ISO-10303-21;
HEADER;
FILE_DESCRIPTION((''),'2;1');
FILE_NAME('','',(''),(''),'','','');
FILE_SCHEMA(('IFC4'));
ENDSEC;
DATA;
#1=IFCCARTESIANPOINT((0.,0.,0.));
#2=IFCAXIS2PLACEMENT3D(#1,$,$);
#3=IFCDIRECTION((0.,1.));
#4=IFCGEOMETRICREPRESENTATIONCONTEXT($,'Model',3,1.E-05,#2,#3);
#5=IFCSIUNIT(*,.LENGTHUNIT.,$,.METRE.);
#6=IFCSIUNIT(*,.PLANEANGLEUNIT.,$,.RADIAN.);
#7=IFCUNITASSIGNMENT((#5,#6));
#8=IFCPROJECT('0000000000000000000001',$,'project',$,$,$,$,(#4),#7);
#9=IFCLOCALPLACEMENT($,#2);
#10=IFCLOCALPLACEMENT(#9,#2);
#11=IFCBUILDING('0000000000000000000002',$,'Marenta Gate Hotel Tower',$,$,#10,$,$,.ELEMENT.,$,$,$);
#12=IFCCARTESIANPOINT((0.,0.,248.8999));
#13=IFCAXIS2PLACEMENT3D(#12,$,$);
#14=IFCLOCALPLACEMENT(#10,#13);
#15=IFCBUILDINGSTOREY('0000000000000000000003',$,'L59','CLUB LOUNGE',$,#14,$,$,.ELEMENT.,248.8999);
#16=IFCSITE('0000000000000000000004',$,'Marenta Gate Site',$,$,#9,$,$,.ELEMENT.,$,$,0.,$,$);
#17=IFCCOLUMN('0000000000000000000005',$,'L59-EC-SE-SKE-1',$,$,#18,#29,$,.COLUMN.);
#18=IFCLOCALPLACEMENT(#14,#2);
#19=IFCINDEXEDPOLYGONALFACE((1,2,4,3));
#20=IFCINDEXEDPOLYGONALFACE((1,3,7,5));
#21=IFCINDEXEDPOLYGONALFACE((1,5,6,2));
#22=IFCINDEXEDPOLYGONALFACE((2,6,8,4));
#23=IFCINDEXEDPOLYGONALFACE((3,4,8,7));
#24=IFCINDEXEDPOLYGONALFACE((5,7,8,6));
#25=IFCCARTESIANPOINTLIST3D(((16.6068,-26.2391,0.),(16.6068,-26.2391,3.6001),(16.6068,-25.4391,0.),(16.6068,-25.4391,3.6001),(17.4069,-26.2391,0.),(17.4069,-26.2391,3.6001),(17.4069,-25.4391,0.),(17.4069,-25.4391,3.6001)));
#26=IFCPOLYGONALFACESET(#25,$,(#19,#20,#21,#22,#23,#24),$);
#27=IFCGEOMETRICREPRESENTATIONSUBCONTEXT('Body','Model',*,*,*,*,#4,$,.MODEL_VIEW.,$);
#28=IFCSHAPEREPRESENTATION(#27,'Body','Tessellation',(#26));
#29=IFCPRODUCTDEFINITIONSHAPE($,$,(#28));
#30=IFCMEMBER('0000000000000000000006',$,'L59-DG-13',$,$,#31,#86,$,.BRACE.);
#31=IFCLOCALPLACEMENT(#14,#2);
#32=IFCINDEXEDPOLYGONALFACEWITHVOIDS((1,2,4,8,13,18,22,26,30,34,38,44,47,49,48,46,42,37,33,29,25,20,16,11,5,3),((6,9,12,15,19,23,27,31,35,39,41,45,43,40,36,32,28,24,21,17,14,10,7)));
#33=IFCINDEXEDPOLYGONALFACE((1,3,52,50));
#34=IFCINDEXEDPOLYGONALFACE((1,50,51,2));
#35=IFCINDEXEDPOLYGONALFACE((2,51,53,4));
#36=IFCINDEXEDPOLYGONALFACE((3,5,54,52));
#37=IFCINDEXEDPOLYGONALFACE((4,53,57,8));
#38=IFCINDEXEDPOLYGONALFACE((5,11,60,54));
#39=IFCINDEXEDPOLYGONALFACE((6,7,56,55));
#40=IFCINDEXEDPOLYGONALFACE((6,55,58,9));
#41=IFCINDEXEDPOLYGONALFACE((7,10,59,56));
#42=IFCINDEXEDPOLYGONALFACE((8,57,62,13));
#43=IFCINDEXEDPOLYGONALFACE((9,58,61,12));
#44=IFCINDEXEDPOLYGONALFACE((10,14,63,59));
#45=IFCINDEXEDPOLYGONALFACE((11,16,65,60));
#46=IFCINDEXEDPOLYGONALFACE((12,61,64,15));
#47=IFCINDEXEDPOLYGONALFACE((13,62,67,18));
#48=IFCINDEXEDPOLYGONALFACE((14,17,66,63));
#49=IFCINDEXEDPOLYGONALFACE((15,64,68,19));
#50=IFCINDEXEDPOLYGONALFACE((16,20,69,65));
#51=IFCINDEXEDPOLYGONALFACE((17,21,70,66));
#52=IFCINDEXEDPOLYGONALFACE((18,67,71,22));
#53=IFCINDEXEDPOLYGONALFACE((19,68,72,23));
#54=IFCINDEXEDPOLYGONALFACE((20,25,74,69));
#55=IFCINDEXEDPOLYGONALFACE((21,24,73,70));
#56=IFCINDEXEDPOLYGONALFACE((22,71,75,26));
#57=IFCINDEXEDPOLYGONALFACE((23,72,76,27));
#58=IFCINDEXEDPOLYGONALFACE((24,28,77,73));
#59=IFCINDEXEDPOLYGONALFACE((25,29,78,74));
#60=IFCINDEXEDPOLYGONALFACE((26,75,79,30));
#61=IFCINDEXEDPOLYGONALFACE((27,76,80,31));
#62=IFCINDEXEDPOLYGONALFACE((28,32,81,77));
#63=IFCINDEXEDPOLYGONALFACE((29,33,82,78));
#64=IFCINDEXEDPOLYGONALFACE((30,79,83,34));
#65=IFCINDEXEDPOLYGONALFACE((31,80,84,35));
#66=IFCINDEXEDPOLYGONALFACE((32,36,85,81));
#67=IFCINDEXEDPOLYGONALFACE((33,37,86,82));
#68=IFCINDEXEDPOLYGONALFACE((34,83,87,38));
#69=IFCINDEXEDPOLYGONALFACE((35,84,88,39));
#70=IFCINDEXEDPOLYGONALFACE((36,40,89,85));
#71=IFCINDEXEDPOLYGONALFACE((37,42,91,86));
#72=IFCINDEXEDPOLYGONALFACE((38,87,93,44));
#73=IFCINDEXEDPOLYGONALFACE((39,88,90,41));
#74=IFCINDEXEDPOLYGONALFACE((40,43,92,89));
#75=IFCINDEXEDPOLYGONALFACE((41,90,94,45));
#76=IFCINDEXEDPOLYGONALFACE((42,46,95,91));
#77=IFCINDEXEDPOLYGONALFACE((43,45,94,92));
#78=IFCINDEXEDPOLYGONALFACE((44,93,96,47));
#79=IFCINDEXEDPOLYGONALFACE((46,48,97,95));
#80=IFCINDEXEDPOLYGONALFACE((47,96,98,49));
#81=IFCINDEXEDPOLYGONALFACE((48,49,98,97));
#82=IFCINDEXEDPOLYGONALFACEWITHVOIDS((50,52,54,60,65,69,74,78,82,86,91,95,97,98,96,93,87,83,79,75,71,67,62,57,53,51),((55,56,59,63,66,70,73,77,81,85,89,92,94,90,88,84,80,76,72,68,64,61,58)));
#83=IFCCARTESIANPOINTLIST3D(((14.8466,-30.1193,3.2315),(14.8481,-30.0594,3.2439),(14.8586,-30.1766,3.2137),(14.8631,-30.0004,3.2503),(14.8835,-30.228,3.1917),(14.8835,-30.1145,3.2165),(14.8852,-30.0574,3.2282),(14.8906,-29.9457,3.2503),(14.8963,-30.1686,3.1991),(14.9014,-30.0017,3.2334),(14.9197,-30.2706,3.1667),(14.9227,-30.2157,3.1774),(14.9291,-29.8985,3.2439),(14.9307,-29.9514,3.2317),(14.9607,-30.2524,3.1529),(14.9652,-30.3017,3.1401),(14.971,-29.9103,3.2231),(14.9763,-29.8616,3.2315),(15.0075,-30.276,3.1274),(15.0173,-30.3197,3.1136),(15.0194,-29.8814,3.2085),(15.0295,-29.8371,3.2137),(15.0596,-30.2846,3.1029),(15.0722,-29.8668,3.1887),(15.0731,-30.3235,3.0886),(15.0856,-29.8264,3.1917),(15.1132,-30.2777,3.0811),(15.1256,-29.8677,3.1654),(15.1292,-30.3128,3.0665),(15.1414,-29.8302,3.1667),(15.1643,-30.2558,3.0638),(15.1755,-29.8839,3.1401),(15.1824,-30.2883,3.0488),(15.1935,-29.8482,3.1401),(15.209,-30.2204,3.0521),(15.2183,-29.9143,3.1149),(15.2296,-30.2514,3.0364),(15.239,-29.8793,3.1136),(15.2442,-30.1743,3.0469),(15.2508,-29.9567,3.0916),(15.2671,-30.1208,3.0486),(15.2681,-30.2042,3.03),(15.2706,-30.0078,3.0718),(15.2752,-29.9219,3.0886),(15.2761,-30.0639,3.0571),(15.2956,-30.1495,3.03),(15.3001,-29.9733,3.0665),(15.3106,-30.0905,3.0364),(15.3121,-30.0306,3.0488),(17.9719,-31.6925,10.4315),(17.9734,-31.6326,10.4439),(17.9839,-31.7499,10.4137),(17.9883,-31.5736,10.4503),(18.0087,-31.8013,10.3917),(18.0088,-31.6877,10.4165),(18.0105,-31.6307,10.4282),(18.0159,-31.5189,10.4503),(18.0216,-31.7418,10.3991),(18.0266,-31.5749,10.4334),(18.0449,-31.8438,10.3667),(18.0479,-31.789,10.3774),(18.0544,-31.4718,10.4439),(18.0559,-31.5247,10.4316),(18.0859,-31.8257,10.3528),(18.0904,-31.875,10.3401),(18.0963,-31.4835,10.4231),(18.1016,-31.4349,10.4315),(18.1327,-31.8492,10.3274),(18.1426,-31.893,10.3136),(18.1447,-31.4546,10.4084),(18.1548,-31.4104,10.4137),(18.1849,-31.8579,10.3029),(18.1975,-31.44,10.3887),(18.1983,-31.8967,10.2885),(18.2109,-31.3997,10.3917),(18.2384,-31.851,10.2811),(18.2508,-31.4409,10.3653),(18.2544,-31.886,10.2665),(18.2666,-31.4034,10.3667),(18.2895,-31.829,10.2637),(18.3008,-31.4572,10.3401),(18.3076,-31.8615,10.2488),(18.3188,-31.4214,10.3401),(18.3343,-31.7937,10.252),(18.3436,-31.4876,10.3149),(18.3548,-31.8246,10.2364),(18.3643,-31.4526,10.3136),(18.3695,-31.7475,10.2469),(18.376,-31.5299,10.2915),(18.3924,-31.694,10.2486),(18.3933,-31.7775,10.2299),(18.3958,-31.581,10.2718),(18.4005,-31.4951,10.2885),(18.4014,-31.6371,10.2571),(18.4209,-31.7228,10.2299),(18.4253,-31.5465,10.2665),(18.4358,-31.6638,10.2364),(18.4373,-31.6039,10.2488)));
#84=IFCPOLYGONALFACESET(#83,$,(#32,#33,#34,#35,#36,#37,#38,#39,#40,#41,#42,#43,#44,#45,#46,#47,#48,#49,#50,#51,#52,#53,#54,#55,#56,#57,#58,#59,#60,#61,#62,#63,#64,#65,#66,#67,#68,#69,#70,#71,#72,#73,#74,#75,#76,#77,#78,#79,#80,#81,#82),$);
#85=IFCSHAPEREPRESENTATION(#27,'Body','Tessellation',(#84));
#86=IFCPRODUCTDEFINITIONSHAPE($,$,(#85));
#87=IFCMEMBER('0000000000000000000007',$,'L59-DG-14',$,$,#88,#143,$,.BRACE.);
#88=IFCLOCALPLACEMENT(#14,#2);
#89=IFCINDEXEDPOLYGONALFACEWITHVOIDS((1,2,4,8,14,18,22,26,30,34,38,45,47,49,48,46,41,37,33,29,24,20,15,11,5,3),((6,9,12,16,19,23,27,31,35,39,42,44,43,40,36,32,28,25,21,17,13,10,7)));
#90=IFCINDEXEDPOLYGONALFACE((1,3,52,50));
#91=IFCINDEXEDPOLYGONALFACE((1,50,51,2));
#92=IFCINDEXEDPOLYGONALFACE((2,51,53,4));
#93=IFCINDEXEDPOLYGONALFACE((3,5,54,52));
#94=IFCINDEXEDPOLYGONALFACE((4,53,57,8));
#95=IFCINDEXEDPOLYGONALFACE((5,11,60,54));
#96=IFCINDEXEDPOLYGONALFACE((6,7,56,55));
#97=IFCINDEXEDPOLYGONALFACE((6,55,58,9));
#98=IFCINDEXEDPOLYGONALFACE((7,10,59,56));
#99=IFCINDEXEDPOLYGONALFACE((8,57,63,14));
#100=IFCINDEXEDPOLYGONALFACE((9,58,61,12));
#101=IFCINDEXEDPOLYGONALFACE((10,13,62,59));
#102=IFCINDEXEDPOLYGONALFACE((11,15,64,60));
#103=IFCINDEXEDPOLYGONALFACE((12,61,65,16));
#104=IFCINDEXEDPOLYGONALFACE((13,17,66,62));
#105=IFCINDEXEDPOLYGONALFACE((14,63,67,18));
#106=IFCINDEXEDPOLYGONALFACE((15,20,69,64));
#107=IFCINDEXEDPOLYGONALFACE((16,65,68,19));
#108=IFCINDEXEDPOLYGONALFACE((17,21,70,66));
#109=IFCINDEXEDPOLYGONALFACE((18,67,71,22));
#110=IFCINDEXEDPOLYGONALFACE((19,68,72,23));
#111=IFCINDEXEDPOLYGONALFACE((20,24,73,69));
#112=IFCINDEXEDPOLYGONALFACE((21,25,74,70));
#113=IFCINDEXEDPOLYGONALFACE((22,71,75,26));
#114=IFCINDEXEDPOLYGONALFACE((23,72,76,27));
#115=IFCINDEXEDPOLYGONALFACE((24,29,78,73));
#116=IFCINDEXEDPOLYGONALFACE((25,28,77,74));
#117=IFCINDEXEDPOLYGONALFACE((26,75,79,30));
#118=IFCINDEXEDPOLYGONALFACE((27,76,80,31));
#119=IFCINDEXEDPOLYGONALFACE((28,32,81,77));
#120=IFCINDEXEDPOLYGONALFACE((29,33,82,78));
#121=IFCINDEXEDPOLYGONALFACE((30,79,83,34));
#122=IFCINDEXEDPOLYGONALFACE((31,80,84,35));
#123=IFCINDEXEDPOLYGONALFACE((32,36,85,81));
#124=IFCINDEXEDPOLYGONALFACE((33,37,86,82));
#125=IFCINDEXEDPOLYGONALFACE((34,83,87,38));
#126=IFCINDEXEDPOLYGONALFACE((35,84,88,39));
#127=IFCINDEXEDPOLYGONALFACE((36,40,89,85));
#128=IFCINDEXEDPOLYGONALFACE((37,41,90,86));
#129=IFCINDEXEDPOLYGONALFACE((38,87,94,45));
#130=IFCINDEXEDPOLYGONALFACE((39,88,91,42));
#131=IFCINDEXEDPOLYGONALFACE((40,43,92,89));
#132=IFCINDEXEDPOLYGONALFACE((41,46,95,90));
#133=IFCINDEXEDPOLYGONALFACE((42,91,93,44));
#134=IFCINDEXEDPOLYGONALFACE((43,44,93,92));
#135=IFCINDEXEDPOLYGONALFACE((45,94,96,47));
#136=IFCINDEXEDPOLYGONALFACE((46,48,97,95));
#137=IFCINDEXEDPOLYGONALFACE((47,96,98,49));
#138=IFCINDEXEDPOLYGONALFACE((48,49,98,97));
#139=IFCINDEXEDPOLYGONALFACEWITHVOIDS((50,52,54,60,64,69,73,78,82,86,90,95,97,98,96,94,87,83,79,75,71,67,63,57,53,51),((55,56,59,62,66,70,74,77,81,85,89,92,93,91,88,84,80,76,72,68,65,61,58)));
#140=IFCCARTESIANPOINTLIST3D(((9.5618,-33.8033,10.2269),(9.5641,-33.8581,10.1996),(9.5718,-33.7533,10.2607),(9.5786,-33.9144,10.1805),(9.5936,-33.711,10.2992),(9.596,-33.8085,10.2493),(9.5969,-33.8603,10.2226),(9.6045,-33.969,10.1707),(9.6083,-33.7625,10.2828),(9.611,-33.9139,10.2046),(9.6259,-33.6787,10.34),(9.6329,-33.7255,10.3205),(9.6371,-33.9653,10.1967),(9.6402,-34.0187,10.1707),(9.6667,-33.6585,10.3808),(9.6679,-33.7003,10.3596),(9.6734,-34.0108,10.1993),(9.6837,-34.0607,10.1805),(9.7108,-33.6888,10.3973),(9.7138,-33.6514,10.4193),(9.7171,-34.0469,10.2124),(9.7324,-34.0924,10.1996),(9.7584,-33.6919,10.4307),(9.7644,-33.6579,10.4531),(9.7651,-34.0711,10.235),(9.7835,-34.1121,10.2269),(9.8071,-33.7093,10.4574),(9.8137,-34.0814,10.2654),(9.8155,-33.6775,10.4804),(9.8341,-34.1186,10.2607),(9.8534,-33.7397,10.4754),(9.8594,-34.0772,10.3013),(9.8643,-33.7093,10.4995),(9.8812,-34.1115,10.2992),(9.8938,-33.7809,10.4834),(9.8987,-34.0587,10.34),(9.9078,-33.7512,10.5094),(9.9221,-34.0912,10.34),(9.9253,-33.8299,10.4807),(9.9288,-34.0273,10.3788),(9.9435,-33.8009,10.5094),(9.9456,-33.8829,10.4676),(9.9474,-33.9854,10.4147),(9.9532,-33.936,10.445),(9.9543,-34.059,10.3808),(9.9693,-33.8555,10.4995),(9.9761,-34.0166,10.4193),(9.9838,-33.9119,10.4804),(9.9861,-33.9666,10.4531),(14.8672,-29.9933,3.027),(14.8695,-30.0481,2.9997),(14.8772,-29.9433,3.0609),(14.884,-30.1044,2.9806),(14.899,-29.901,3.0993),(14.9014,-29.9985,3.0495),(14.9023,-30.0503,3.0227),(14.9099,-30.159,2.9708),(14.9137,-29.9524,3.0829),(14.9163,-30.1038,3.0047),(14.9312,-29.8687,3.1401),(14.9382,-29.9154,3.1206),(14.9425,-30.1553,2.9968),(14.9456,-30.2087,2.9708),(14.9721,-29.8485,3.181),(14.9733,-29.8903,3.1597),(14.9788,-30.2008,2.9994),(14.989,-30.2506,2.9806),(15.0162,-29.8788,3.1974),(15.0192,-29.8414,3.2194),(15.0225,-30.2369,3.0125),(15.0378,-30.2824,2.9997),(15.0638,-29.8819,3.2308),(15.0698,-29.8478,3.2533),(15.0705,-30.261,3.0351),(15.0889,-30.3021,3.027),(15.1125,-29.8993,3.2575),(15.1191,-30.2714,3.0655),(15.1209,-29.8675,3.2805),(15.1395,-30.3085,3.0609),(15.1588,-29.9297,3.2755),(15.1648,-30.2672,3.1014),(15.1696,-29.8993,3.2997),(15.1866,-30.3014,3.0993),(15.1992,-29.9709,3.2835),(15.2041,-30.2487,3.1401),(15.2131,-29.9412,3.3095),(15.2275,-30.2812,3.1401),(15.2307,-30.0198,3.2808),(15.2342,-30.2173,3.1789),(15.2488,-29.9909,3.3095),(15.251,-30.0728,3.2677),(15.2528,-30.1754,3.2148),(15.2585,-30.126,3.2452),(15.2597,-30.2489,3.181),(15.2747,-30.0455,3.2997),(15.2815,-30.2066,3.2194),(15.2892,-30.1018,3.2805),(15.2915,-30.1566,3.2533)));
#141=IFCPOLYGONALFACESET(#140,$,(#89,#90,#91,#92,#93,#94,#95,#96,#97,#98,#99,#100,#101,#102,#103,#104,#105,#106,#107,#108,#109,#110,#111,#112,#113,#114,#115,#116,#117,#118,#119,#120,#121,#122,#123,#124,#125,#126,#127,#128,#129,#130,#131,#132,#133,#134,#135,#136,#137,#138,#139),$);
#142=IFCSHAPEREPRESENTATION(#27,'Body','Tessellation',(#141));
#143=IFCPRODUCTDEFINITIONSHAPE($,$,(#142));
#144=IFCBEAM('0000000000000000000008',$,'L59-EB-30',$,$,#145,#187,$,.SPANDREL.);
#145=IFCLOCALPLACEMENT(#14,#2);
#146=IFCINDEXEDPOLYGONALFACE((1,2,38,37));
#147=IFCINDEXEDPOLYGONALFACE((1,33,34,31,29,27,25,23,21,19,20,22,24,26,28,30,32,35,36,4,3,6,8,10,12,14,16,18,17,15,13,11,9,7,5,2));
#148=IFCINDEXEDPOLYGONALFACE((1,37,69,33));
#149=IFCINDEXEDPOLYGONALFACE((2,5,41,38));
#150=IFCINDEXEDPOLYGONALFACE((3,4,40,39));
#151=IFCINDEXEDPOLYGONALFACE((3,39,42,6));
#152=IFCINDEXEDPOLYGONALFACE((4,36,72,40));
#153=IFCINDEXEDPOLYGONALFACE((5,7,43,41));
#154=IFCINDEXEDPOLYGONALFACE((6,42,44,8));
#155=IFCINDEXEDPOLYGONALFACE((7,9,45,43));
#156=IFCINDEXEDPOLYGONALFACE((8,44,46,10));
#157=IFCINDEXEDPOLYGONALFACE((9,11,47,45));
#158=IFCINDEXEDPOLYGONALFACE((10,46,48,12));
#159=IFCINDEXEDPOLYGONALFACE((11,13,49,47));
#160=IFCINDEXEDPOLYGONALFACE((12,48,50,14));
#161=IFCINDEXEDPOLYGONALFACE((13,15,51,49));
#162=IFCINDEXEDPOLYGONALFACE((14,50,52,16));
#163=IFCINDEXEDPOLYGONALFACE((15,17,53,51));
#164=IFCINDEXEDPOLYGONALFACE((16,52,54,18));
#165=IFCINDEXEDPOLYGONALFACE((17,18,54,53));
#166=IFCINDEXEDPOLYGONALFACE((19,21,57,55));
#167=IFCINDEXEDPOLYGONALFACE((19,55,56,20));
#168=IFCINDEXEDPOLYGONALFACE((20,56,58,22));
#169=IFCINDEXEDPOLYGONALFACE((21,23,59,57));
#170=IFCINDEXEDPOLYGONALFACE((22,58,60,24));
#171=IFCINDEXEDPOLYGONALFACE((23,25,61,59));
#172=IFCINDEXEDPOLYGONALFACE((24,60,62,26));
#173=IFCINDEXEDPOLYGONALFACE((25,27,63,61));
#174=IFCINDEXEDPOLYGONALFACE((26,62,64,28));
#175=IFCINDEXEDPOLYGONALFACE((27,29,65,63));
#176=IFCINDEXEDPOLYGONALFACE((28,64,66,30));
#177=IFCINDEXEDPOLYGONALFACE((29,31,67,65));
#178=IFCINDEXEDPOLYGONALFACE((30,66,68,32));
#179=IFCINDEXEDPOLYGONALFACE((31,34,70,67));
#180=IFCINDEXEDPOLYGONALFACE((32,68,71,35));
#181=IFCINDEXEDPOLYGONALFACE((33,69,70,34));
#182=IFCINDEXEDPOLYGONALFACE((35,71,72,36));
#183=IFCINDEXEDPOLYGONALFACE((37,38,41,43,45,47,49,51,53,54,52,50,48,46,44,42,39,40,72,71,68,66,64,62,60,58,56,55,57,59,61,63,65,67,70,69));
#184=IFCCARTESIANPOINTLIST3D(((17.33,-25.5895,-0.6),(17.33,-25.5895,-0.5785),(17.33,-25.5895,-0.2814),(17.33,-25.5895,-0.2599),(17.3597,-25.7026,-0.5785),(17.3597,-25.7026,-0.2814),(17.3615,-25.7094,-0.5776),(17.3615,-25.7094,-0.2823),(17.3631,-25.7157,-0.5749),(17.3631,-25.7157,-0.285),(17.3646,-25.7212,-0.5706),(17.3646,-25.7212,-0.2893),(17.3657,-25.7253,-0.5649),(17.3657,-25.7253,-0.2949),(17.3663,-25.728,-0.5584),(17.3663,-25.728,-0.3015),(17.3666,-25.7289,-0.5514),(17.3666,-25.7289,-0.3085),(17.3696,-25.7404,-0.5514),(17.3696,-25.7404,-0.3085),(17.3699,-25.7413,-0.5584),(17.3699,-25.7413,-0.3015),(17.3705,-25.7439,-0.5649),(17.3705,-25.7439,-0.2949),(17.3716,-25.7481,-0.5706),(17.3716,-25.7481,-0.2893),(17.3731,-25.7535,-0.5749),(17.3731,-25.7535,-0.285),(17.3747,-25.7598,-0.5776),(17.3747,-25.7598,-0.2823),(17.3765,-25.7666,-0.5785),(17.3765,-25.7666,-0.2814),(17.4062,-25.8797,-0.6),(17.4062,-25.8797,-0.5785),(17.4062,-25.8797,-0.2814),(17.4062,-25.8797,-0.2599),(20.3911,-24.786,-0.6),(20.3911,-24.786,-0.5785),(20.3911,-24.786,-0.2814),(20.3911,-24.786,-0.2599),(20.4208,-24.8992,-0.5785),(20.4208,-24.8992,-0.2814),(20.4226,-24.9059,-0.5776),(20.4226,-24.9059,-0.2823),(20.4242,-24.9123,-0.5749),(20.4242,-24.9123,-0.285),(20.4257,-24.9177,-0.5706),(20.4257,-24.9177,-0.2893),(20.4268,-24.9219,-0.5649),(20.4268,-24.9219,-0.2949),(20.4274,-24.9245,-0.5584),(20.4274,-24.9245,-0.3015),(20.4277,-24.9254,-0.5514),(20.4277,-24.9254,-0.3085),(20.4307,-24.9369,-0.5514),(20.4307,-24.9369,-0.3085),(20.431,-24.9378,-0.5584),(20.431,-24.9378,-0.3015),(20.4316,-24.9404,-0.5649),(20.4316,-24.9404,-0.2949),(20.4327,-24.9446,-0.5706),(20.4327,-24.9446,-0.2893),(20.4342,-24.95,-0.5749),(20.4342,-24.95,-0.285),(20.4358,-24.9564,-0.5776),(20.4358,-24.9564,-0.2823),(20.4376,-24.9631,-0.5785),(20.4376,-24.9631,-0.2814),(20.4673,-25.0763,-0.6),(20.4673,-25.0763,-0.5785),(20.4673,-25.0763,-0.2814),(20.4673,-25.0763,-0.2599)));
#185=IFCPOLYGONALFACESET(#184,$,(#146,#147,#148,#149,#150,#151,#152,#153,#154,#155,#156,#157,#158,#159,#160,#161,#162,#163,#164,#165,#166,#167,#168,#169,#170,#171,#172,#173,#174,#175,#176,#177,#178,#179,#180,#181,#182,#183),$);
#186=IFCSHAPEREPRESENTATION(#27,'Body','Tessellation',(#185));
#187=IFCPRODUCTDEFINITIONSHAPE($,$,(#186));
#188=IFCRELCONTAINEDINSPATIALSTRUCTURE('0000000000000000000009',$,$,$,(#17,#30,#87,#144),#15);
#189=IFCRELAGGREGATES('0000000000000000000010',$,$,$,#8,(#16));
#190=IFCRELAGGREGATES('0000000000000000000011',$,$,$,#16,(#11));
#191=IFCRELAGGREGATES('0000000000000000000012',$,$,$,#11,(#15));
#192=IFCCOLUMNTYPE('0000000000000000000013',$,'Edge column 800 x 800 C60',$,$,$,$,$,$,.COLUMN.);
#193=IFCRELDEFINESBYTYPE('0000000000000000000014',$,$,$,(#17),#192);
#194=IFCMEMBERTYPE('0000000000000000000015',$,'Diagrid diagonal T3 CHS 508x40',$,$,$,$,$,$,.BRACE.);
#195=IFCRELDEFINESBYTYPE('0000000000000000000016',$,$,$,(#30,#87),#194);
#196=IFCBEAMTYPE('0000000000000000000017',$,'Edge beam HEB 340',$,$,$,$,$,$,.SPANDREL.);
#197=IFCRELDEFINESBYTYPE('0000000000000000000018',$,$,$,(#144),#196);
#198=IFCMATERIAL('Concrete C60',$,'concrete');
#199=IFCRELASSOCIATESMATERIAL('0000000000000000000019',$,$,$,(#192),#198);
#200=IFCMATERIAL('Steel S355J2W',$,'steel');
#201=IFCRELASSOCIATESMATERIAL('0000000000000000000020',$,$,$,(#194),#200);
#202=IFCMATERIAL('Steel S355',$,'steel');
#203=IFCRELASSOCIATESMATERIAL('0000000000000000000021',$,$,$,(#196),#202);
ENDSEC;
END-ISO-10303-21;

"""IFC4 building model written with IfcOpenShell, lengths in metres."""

from ifc_helpers import new_model, si_unit, direction, frame, origin, origin_2d, place, context, subcontext, project, spatial, rectangle, hollow_circle, i_section, extrude, material, material_profile, profile_set, type_object, element, save


model = new_model("IFC4")

# Units and contexts
model_context = context("Model", 3, precision=1e-05, world=origin(), true_north=direction((0.0, 1.0)))
body_context = subcontext(model_context, "Body", "Model", "MODEL_VIEW")
ifc_project = project(units=[si_unit("LENGTHUNIT", "METRE"), si_unit("PLANEANGLEUNIT", "RADIAN")], contexts=[model_context])

# Site, building, storey
site_placement = place(None, origin())
site = spatial("IfcSite", under=ifc_project, at=site_placement, Name="Marenta Gate Site", CompositionType="ELEMENT", RefElevation=0.0)
building_placement = place(site_placement, origin())
building = spatial("IfcBuilding", under=site, at=building_placement, Name="Marenta Gate Hotel Tower", CompositionType="ELEMENT")
storey_placement = place(building_placement, frame((0.0, 0.0, 248.8999)))
storey = spatial("IfcBuildingStorey", under=building, at=storey_placement, Name="L59", Description="CLUB LOUNGE", CompositionType="ELEMENT", Elevation=248.8999)

# Column
ifc_material_1 = material(Name="Concrete C60", Category="concrete")
ifc_material_profile_1 = material_profile(ifc_material_1, rectangle(XDim=0.8, YDim=0.8, at=origin_2d()), Name="800 x 800")
ifc_profile_set_1 = profile_set([ifc_material_profile_1], Name="Concrete C60")
column_type = type_object("IfcColumnType", Name="Edge column 800 x 800 C60", PredefinedType="COLUMN", material=ifc_profile_set_1)
column_placement = place(storey_placement, frame((17.0068, -25.8391, 0.0), z_axis=(0.0, 0.0, 1.0), x_axis=(1.0, 0.0, 0.0)))
element("IfcColumn", 1, at=column_placement, inside=storey, type_object=column_type, Name="L59-EC-SE-SKE-1", PredefinedType="COLUMN", context=body_context, shape_type="SweptSolid", body=[
    extrude(rectangle(XDim=0.8, YDim=0.8, at=origin_2d()), origin(), (0.0, 0.0, 1.0), 3.6001),
])

# Members
ifc_material_2 = material(Name="Steel S355J2W", Category="steel")
ifc_material_profile_2 = material_profile(ifc_material_2, hollow_circle(Radius=0.2539, WallThickness=0.04, at=origin_2d()), Name="CHS 508x40")
ifc_profile_set_2 = profile_set([ifc_material_profile_2], Name="Steel S355J2W")
member_type_1 = type_object("IfcMemberType", Name="Diagrid diagonal T3 CHS 508x40", PredefinedType="BRACE", material=ifc_profile_set_2)
member_1_placement = place(storey_placement, frame((15.0793, -30.075, 3.1401), z_axis=(0.390407, -0.19653, 0.899421), x_axis=(0.44964, 0.89321, 0.0)))
element("IfcMember", 2, at=member_1_placement, inside=storey, type_object=member_type_1, Name="L59-DG-13", PredefinedType="BRACE", context=body_context, shape_type="SweptSolid", body=[
    extrude(hollow_circle(Radius=0.2539, WallThickness=0.04, at=origin_2d()), origin(), (0.0, 0.0, 1.0), 8.0051),
])
member_2_placement = place(storey_placement, frame((15.0793, -30.075, 3.1401), z_axis=(-0.545753, -0.39193, 0.740638), x_axis=(0.583312, -0.812248, 0.0)))
element("IfcMember", 3, at=member_2_placement, inside=storey, type_object=member_type_1, Name="L59-DG-14", PredefinedType="BRACE", context=body_context, shape_type="SweptSolid", body=[
    extrude(hollow_circle(Radius=0.2539, WallThickness=0.04, at=origin_2d()), origin(), (0.0, 0.0, 1.0), 9.7212),
])

# Beam
ifc_material_3 = material(Name="Steel S355", Category="steel")
ifc_material_profile_3 = material_profile(ifc_material_3, i_section(OverallWidth=0.3, OverallDepth=0.3401, WebThickness=0.012, FlangeThickness=0.0215, FilletRadius=0.0271, at=origin_2d()), Name="HEB 340")
ifc_profile_set_3 = profile_set([ifc_material_profile_3], Name="Steel S355")
beam_type_1 = type_object("IfcBeamType", Name="Edge beam HEB 340", PredefinedType="SPANDREL", material=ifc_profile_set_3)
beam_1_placement = place(storey_placement, frame((20.4292, -24.9312, -0.4299), z_axis=(-0.967235, -0.253882, 0.0), x_axis=(0.253882, -0.967235, 0.0)))
element("IfcBeam", 4, at=beam_1_placement, inside=storey, type_object=beam_type_1, Name="L59-EB-30", PredefinedType="SPANDREL", context=body_context, shape_type="SweptSolid", body=[
    extrude(i_section(OverallWidth=0.3, OverallDepth=0.3401, WebThickness=0.012, FlangeThickness=0.0215, FilletRadius=0.0271, at=origin_2d()), origin(), (0.0, 0.0, 1.0), 3.1648),
])

save(model, "model.ifc")
